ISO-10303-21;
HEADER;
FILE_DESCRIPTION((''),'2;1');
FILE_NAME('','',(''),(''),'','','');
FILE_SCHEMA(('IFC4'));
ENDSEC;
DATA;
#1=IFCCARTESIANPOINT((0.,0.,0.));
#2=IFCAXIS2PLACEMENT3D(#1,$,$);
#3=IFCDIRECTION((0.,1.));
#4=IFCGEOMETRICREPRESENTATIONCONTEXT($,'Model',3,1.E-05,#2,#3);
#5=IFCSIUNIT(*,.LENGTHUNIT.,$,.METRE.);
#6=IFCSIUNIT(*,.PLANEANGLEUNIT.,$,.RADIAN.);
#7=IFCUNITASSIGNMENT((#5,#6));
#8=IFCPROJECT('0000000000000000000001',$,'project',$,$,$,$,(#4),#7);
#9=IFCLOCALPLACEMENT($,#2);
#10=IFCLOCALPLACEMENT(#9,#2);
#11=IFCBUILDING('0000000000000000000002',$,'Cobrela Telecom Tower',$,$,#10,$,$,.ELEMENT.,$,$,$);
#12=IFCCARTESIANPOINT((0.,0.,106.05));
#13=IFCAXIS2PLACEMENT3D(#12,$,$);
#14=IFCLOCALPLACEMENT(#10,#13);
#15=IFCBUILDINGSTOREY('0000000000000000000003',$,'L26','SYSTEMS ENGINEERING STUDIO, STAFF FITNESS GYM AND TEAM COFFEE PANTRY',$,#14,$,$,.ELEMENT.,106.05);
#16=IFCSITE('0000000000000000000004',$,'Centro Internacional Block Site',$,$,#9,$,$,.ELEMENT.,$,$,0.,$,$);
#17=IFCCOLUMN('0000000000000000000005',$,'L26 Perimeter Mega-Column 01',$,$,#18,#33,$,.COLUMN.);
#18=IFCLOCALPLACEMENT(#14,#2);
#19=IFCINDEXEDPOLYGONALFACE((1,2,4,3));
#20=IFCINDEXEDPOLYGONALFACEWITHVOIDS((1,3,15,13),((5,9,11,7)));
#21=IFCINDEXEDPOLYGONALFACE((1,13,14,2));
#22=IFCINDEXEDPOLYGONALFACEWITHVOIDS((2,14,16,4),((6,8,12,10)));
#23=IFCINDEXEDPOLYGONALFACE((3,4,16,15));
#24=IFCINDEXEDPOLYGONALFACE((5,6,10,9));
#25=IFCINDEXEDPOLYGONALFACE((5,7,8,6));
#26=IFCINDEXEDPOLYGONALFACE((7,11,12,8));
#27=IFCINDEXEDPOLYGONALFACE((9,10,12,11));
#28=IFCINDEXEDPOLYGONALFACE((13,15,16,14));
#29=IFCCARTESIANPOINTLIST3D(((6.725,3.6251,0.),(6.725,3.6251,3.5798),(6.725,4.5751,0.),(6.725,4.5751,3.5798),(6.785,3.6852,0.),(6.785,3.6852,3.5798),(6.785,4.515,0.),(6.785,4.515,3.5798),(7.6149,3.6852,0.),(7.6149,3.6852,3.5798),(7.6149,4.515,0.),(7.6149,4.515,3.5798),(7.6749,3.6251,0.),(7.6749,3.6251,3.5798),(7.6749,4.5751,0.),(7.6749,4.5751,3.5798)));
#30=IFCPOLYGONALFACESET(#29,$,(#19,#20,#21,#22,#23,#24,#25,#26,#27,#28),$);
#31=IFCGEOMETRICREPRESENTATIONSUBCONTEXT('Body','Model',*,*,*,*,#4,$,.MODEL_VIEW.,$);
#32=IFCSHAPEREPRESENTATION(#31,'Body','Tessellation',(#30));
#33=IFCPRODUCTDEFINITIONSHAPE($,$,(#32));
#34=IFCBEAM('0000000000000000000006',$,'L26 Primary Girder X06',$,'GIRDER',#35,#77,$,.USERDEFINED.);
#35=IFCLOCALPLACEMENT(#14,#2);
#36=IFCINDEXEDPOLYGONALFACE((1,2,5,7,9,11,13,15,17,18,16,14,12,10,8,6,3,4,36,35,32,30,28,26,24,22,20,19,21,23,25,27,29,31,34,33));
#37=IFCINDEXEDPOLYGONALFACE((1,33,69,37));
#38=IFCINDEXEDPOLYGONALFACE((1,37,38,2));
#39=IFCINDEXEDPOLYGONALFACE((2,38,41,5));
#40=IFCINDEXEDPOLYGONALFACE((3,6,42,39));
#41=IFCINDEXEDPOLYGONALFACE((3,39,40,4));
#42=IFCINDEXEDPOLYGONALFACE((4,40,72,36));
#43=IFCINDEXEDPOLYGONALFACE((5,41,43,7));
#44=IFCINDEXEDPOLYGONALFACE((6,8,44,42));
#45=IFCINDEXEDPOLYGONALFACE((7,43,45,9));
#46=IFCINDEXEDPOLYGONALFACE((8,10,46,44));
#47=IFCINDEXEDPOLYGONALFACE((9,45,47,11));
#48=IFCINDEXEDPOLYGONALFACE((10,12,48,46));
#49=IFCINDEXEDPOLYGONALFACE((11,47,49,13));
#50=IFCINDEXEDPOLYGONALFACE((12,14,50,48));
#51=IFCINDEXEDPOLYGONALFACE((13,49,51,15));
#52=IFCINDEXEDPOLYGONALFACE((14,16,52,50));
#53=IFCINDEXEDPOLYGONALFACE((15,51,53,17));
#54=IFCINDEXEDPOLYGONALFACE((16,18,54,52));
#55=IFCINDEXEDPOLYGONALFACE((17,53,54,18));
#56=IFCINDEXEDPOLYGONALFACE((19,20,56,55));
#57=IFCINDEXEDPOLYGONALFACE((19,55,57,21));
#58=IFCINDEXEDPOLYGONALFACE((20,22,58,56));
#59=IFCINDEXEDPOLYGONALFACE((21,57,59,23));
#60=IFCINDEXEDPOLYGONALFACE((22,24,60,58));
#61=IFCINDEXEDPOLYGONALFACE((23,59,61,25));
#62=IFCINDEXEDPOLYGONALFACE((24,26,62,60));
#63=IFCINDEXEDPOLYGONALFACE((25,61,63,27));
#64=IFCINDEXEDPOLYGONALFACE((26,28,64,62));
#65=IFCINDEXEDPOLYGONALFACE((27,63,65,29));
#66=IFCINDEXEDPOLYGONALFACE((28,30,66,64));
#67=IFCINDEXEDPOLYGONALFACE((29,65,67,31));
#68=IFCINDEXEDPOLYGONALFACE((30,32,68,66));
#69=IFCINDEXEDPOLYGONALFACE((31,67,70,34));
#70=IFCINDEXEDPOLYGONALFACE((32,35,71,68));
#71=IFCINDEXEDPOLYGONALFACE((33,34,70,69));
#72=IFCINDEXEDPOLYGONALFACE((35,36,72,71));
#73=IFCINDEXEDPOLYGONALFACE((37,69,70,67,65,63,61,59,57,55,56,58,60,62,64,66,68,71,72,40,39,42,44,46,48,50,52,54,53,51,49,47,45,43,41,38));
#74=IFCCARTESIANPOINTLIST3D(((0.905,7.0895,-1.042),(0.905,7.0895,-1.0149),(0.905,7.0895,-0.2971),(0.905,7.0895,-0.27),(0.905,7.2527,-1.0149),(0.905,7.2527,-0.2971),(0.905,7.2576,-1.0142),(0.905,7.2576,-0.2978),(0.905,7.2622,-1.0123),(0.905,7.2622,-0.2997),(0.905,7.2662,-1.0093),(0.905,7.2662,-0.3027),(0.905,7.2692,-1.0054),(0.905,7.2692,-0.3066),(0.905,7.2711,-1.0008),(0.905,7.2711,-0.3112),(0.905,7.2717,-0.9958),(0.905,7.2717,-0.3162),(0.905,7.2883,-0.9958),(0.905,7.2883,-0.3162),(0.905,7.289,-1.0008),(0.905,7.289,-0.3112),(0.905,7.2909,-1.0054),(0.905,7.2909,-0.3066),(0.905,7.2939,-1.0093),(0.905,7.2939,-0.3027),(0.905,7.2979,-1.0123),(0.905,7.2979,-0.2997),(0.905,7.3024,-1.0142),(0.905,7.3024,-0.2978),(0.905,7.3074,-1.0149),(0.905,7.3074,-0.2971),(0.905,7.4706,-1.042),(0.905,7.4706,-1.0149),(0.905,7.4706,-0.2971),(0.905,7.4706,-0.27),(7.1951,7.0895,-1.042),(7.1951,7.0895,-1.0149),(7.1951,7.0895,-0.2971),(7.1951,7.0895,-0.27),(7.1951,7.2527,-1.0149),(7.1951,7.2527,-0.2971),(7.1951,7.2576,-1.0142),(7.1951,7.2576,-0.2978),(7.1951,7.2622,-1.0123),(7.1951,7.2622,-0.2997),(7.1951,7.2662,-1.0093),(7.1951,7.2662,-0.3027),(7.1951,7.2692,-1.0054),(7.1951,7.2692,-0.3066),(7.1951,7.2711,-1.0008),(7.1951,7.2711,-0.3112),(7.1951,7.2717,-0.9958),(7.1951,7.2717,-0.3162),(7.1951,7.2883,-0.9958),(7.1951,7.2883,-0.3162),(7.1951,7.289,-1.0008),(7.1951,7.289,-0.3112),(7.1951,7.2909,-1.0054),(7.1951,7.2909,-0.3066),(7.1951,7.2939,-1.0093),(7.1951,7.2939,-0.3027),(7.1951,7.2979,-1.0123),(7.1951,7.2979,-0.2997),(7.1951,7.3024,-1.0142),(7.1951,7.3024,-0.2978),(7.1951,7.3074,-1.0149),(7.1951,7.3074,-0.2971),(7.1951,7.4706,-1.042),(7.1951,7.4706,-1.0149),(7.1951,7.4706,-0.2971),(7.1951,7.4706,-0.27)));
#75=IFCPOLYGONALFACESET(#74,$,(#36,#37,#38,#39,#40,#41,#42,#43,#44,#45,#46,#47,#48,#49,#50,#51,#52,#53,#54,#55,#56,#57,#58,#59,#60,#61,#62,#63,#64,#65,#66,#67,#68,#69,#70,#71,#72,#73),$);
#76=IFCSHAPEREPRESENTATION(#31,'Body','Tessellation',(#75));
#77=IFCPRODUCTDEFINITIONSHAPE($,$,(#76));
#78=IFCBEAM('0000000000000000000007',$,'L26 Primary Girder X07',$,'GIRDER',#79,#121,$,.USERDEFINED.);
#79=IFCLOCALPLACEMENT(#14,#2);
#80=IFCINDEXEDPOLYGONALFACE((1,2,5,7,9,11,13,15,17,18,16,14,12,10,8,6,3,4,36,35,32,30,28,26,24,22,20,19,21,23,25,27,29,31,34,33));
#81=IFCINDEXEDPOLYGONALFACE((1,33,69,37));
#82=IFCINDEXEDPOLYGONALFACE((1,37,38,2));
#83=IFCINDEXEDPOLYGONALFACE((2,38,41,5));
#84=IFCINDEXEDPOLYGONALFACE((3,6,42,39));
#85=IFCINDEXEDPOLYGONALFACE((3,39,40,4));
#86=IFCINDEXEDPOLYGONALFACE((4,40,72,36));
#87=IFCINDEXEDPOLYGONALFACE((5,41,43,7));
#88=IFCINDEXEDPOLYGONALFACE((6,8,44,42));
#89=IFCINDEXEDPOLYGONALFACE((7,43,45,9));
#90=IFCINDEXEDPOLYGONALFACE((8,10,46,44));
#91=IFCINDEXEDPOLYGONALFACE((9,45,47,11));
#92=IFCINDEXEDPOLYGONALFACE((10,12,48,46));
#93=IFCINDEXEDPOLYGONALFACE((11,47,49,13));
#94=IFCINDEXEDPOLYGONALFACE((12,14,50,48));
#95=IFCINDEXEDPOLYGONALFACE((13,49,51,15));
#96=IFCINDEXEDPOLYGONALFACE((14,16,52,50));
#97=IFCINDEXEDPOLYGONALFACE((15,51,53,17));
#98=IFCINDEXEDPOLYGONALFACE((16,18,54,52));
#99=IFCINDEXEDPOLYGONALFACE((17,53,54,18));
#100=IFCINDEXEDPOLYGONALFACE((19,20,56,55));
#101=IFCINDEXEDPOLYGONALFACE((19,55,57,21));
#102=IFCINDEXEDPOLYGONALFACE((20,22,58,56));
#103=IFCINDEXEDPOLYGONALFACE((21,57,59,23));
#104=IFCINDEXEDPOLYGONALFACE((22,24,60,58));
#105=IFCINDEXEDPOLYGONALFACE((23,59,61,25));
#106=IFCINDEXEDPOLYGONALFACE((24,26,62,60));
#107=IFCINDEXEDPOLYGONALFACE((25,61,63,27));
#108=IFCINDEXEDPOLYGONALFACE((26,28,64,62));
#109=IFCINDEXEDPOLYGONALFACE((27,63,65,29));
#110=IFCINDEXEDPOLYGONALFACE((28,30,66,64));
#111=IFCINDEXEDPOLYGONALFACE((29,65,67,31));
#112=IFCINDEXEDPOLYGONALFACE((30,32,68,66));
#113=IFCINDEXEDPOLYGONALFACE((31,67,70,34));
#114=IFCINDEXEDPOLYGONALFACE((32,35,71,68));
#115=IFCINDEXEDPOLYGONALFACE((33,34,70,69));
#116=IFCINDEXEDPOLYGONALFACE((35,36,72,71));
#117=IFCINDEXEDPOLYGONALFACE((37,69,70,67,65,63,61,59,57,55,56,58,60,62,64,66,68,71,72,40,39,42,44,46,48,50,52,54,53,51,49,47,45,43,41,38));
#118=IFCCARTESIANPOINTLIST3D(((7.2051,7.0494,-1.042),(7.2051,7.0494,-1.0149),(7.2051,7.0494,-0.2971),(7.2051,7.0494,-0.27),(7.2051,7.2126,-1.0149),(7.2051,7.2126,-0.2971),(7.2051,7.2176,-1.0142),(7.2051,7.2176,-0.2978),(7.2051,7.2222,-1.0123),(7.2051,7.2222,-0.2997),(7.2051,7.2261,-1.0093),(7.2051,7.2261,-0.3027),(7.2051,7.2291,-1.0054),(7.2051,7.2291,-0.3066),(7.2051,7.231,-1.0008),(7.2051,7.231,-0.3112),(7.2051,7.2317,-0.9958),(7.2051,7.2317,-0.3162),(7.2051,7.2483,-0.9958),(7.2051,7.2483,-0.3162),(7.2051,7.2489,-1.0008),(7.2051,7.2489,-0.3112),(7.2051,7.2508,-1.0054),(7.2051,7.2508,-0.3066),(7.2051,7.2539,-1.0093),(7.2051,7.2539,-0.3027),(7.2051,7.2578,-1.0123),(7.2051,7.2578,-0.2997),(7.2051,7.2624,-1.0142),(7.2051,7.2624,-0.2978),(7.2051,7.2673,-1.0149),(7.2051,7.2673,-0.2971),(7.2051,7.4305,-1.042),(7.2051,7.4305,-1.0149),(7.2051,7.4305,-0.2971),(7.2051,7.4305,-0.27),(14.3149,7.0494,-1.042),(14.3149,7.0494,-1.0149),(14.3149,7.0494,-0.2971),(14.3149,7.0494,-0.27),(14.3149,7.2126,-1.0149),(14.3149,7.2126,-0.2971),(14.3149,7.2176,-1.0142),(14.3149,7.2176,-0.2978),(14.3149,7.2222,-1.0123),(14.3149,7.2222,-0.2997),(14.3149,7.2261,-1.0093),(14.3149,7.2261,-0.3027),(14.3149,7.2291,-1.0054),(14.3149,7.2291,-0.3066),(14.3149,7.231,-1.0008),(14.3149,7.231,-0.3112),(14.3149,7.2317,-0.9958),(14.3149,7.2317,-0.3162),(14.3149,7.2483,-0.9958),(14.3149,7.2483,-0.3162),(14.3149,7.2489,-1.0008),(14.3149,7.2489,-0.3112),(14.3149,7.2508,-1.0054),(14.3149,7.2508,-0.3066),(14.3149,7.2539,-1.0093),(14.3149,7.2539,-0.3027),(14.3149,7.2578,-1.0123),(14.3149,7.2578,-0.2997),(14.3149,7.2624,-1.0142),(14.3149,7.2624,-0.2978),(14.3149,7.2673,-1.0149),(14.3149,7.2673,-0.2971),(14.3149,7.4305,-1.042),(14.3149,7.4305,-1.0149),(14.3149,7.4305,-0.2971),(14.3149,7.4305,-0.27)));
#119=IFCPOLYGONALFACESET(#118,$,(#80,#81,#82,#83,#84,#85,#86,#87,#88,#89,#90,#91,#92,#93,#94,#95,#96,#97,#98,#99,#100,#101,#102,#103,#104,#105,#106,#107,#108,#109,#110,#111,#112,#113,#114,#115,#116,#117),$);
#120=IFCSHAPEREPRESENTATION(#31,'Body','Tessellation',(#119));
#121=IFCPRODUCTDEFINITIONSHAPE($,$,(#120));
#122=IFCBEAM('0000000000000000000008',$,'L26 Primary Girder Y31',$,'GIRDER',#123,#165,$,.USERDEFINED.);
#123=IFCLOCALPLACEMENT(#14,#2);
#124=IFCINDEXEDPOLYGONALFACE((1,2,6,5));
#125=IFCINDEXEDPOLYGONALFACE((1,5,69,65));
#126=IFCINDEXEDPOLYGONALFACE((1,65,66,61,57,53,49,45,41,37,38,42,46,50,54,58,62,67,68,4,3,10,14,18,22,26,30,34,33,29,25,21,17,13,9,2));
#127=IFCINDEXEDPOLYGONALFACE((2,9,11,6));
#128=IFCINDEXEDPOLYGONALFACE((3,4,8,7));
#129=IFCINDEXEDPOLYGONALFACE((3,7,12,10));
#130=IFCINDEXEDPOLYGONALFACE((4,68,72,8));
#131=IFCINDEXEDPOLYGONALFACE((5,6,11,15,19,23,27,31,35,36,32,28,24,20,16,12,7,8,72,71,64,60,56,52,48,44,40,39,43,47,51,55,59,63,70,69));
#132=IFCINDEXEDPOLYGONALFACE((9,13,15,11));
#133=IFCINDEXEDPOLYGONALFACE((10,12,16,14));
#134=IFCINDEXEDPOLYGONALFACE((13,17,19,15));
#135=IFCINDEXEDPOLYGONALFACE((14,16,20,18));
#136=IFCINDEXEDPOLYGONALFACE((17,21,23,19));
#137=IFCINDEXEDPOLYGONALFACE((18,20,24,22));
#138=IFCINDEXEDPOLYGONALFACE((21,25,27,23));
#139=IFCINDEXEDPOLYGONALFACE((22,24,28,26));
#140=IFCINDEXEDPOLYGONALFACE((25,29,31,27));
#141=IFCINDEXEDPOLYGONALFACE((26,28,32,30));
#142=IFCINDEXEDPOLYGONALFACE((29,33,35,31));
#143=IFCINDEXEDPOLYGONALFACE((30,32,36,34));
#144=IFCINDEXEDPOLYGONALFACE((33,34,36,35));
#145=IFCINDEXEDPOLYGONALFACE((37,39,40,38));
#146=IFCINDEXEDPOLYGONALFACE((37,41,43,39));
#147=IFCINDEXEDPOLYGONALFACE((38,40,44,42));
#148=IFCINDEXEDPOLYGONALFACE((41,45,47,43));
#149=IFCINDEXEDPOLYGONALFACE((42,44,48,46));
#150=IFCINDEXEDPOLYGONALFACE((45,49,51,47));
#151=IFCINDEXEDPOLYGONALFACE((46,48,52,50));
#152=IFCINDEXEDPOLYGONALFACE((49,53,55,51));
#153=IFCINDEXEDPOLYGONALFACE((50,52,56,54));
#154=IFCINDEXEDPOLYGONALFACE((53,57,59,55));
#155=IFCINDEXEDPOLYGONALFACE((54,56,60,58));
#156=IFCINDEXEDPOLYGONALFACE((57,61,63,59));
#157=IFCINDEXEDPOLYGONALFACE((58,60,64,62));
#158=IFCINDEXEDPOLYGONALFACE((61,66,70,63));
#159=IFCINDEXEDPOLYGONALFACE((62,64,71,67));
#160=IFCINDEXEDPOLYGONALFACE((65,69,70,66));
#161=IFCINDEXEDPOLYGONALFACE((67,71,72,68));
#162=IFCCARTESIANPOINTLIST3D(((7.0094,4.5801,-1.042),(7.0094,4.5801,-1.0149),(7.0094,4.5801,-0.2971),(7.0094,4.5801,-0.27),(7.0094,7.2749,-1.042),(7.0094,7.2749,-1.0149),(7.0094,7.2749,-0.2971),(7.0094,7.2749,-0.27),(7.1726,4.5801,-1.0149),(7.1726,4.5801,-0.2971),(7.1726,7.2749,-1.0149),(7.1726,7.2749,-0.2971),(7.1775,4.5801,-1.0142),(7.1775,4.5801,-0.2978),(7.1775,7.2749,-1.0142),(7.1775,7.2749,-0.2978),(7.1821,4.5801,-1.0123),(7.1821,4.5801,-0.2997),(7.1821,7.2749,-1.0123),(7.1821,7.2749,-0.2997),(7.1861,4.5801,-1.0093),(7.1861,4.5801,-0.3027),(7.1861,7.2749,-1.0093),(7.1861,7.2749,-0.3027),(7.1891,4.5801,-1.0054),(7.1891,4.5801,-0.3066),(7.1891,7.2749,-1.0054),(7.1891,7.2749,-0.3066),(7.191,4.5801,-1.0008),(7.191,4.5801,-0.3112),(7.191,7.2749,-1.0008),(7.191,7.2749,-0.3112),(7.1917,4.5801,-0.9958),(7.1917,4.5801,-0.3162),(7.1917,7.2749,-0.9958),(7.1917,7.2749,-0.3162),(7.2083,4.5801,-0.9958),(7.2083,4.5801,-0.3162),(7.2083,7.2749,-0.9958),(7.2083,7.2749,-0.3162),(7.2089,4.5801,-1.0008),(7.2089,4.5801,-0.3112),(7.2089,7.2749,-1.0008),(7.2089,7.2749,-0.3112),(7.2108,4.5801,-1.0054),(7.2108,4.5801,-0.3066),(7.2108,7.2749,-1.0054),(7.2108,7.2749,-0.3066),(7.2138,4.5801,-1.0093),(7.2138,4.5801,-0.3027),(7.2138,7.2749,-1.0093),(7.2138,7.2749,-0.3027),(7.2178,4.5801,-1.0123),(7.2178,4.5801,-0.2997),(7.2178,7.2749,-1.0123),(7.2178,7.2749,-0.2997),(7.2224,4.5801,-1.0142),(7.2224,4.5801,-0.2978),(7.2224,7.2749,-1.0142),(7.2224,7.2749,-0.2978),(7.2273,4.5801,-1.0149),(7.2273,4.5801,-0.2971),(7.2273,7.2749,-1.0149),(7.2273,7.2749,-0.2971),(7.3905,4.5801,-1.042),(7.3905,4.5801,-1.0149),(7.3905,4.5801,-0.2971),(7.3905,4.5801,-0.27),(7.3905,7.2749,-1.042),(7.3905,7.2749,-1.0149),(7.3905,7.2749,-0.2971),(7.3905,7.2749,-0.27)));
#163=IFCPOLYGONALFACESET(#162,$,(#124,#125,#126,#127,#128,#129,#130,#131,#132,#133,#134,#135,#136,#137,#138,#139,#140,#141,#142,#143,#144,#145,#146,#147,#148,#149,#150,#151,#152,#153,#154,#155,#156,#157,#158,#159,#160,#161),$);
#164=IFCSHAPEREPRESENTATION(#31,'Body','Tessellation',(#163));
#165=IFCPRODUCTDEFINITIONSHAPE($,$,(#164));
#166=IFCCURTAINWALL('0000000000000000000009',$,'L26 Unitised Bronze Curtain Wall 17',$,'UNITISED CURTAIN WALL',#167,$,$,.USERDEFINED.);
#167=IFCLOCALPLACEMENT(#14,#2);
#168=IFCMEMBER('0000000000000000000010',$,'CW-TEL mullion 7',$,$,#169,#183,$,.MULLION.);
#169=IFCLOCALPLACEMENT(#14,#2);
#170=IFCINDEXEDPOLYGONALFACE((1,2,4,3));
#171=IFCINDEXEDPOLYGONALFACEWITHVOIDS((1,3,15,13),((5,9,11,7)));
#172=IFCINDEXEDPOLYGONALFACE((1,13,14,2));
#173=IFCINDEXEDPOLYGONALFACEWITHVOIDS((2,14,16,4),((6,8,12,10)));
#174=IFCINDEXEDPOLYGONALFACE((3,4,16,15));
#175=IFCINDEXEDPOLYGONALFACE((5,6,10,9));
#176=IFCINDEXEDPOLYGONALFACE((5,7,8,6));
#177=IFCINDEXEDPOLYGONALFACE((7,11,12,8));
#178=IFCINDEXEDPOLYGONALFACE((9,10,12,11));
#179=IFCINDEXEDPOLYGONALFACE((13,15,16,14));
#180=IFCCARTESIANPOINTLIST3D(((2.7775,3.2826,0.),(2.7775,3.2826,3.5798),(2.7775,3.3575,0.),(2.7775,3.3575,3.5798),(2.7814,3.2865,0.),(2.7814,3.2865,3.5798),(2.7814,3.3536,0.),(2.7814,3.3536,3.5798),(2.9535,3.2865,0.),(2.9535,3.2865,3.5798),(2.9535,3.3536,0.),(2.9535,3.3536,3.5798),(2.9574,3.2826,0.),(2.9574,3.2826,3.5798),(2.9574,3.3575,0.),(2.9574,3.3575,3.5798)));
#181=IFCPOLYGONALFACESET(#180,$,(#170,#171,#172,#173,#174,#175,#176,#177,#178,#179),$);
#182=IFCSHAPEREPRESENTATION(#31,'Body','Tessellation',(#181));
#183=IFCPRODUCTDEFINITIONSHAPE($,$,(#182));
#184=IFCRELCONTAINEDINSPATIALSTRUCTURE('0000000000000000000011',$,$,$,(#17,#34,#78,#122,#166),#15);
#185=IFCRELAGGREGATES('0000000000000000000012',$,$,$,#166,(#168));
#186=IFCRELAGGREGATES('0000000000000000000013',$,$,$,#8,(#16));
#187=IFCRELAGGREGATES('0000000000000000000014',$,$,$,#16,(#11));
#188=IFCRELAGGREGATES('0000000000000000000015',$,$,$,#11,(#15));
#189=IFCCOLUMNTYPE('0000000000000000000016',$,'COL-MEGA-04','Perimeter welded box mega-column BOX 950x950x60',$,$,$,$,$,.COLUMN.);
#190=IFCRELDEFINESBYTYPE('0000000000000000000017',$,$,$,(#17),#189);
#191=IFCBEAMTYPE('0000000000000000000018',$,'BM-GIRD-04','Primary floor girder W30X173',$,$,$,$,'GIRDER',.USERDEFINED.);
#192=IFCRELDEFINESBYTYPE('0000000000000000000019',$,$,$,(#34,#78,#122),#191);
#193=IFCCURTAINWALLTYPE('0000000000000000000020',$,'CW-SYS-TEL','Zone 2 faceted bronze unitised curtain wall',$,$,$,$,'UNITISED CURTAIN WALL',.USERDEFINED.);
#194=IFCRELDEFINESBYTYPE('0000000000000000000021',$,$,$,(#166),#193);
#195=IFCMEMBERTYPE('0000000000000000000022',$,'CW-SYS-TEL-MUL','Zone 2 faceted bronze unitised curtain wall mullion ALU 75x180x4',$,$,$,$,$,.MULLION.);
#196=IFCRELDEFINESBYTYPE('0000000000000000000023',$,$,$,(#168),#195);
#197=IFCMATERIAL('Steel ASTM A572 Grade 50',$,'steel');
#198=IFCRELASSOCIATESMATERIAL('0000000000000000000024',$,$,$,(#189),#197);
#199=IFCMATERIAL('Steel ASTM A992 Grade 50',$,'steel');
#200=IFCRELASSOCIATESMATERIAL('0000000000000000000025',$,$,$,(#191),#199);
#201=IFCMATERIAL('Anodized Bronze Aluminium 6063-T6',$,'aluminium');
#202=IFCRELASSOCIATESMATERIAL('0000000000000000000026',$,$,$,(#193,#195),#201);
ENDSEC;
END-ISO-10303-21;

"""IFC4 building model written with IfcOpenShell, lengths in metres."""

from ifc_helpers import new_model, si_unit, direction, frame, origin, origin_2d, place, context, subcontext, project, spatial, hollow_rectangle, i_section, extrude, material, material_profile, profile_set, type_object, element, aggregate, save


model = new_model("IFC4")

# Units and contexts
model_context = context("Model", 3, precision=1e-05, world=origin(), true_north=direction((0.0, 1.0)))
body_context = subcontext(model_context, "Body", "Model", "MODEL_VIEW")
ifc_project = project(units=[si_unit("LENGTHUNIT", "METRE"), si_unit("PLANEANGLEUNIT", "RADIAN")], contexts=[model_context])

# Site, building, storey
site_placement = place(None, origin())
site = spatial("IfcSite", under=ifc_project, at=site_placement, Name="Centro Internacional Block Site", CompositionType="ELEMENT", RefElevation=0.0)
building_placement = place(site_placement, origin())
building = spatial("IfcBuilding", under=site, at=building_placement, Name="Cobrela Telecom Tower", CompositionType="ELEMENT")
storey_placement = place(building_placement, frame((0.0, 0.0, 106.05)))
storey = spatial("IfcBuildingStorey", under=building, at=storey_placement, Name="L26", Description="SYSTEMS ENGINEERING STUDIO, STAFF FITNESS GYM AND TEAM COFFEE PANTRY", CompositionType="ELEMENT", Elevation=106.05)

# Column
ifc_material_1 = material(Name="Steel ASTM A572 Grade 50", Category="steel")
ifc_material_profile_1 = material_profile(ifc_material_1, hollow_rectangle(XDim=0.95, YDim=0.95, WallThickness=0.0601, at=origin_2d()), Name="BOX 950x950x60")
ifc_profile_set_1 = profile_set([ifc_material_profile_1], Name="Steel ASTM A572 Grade 50")
column_type = type_object("IfcColumnType", Name="COL-MEGA-04", Description="Perimeter welded box mega-column BOX 950x950x60", PredefinedType="COLUMN", material=ifc_profile_set_1)
column_placement = place(storey_placement, frame((7.2, 4.1001, 0.0), z_axis=(0.0, 0.0, 1.0), x_axis=(1.0, 0.0, 0.0)))
element("IfcColumn", 1, at=column_placement, inside=storey, type_object=column_type, Name="L26 Perimeter Mega-Column 01", PredefinedType="COLUMN", context=body_context, shape_type="SweptSolid", body=[
    extrude(hollow_rectangle(XDim=0.95, YDim=0.95, WallThickness=0.0601, at=origin_2d()), origin(), (0.0, 0.0, 1.0), 3.5798),
])

# Beams
ifc_material_2 = material(Name="Steel ASTM A992 Grade 50", Category="steel")
ifc_material_profile_2 = material_profile(ifc_material_2, i_section(OverallWidth=0.3811, OverallDepth=0.772, WebThickness=0.0166, FlangeThickness=0.0271, FilletRadius=0.019, at=origin_2d()), Name="W30X173")
ifc_profile_set_2 = profile_set([ifc_material_profile_2], Name="Steel ASTM A992 Grade 50")
beam_type = type_object("IfcBeamType", Name="BM-GIRD-04", Description="Primary floor girder W30X173", ElementType="GIRDER", PredefinedType="USERDEFINED", material=ifc_profile_set_2)
beam_1_placement = place(storey_placement, frame((0.905, 7.28, -0.656), z_axis=(1.0, 0.0, 0.0), x_axis=(0.0, 1.0, 0.0)))
element("IfcBeam", 2, at=beam_1_placement, inside=storey, type_object=beam_type, Name="L26 Primary Girder X06", ObjectType="GIRDER", PredefinedType="USERDEFINED", context=body_context, shape_type="SweptSolid", body=[
    extrude(i_section(OverallWidth=0.3811, OverallDepth=0.772, WebThickness=0.0166, FlangeThickness=0.0271, FilletRadius=0.019, at=origin_2d()), origin(), (0.0, 0.0, 1.0), 6.29),
])
beam_2_placement = place(storey_placement, frame((7.2051, 7.24, -0.656), z_axis=(1.0, 0.0, 0.0), x_axis=(0.0, 1.0, 0.0)))
element("IfcBeam", 3, at=beam_2_placement, inside=storey, type_object=beam_type, Name="L26 Primary Girder X07", ObjectType="GIRDER", PredefinedType="USERDEFINED", context=body_context, shape_type="SweptSolid", body=[
    extrude(i_section(OverallWidth=0.3811, OverallDepth=0.772, WebThickness=0.0166, FlangeThickness=0.0271, FilletRadius=0.019, at=origin_2d()), origin(), (0.0, 0.0, 1.0), 7.1099),
])
beam_3_placement = place(storey_placement, frame((7.2, 4.5801, -0.656), z_axis=(0.0, 1.0, 0.0), x_axis=(-1.0, 0.0, 0.0)))
element("IfcBeam", 4, at=beam_3_placement, inside=storey, type_object=beam_type, Name="L26 Primary Girder Y31", ObjectType="GIRDER", PredefinedType="USERDEFINED", context=body_context, shape_type="SweptSolid", body=[
    extrude(i_section(OverallWidth=0.3811, OverallDepth=0.772, WebThickness=0.0166, FlangeThickness=0.0271, FilletRadius=0.019, at=origin_2d()), origin(), (0.0, 0.0, 1.0), 2.6948),
])

# Curtain wall, member
ifc_material_3 = material(Name="Anodized Bronze Aluminium 6063-T6", Category="aluminium")
curtain_wall_type = type_object("IfcCurtainWallType", Name="CW-SYS-TEL", Description="Zone 2 faceted bronze unitised curtain wall", ElementType="UNITISED CURTAIN WALL", PredefinedType="USERDEFINED", material=ifc_material_3)
curtain_wall_placement = place(storey_placement, origin())
curtain_wall = element("IfcCurtainWall", 5, at=curtain_wall_placement, inside=storey, type_object=curtain_wall_type, Name="L26 Unitised Bronze Curtain Wall 17", ObjectType="UNITISED CURTAIN WALL", PredefinedType="USERDEFINED")
ifc_material_profile_3 = material_profile(ifc_material_3, hollow_rectangle(XDim=0.075, YDim=0.1799, WallThickness=0.0039, at=origin_2d()), Name="ALU 75x180x4")
ifc_profile_set_3 = profile_set([ifc_material_profile_3], Name="Anodized Bronze Aluminium 6063-T6")
member_type = type_object("IfcMemberType", Name="CW-SYS-TEL-MUL", Description="Zone 2 faceted bronze unitised curtain wall mullion ALU 75x180x4", PredefinedType="MULLION", material=ifc_profile_set_3)
member_placement = place(storey_placement, frame((2.8674, 3.3201, 0.0), z_axis=(0.0, 0.0, 1.0), x_axis=(0.0, -1.0, 0.0)))
member = element("IfcMember", 6, at=member_placement, type_object=member_type, Name="CW-TEL mullion 7", PredefinedType="MULLION", context=body_context, shape_type="SweptSolid", body=[
    extrude(hollow_rectangle(XDim=0.075, YDim=0.1799, WallThickness=0.0039, at=origin_2d()), origin(), (0.0, 0.0, 1.0), 3.5798),
])
aggregate(curtain_wall, [member])

save(model, "model.ifc")
